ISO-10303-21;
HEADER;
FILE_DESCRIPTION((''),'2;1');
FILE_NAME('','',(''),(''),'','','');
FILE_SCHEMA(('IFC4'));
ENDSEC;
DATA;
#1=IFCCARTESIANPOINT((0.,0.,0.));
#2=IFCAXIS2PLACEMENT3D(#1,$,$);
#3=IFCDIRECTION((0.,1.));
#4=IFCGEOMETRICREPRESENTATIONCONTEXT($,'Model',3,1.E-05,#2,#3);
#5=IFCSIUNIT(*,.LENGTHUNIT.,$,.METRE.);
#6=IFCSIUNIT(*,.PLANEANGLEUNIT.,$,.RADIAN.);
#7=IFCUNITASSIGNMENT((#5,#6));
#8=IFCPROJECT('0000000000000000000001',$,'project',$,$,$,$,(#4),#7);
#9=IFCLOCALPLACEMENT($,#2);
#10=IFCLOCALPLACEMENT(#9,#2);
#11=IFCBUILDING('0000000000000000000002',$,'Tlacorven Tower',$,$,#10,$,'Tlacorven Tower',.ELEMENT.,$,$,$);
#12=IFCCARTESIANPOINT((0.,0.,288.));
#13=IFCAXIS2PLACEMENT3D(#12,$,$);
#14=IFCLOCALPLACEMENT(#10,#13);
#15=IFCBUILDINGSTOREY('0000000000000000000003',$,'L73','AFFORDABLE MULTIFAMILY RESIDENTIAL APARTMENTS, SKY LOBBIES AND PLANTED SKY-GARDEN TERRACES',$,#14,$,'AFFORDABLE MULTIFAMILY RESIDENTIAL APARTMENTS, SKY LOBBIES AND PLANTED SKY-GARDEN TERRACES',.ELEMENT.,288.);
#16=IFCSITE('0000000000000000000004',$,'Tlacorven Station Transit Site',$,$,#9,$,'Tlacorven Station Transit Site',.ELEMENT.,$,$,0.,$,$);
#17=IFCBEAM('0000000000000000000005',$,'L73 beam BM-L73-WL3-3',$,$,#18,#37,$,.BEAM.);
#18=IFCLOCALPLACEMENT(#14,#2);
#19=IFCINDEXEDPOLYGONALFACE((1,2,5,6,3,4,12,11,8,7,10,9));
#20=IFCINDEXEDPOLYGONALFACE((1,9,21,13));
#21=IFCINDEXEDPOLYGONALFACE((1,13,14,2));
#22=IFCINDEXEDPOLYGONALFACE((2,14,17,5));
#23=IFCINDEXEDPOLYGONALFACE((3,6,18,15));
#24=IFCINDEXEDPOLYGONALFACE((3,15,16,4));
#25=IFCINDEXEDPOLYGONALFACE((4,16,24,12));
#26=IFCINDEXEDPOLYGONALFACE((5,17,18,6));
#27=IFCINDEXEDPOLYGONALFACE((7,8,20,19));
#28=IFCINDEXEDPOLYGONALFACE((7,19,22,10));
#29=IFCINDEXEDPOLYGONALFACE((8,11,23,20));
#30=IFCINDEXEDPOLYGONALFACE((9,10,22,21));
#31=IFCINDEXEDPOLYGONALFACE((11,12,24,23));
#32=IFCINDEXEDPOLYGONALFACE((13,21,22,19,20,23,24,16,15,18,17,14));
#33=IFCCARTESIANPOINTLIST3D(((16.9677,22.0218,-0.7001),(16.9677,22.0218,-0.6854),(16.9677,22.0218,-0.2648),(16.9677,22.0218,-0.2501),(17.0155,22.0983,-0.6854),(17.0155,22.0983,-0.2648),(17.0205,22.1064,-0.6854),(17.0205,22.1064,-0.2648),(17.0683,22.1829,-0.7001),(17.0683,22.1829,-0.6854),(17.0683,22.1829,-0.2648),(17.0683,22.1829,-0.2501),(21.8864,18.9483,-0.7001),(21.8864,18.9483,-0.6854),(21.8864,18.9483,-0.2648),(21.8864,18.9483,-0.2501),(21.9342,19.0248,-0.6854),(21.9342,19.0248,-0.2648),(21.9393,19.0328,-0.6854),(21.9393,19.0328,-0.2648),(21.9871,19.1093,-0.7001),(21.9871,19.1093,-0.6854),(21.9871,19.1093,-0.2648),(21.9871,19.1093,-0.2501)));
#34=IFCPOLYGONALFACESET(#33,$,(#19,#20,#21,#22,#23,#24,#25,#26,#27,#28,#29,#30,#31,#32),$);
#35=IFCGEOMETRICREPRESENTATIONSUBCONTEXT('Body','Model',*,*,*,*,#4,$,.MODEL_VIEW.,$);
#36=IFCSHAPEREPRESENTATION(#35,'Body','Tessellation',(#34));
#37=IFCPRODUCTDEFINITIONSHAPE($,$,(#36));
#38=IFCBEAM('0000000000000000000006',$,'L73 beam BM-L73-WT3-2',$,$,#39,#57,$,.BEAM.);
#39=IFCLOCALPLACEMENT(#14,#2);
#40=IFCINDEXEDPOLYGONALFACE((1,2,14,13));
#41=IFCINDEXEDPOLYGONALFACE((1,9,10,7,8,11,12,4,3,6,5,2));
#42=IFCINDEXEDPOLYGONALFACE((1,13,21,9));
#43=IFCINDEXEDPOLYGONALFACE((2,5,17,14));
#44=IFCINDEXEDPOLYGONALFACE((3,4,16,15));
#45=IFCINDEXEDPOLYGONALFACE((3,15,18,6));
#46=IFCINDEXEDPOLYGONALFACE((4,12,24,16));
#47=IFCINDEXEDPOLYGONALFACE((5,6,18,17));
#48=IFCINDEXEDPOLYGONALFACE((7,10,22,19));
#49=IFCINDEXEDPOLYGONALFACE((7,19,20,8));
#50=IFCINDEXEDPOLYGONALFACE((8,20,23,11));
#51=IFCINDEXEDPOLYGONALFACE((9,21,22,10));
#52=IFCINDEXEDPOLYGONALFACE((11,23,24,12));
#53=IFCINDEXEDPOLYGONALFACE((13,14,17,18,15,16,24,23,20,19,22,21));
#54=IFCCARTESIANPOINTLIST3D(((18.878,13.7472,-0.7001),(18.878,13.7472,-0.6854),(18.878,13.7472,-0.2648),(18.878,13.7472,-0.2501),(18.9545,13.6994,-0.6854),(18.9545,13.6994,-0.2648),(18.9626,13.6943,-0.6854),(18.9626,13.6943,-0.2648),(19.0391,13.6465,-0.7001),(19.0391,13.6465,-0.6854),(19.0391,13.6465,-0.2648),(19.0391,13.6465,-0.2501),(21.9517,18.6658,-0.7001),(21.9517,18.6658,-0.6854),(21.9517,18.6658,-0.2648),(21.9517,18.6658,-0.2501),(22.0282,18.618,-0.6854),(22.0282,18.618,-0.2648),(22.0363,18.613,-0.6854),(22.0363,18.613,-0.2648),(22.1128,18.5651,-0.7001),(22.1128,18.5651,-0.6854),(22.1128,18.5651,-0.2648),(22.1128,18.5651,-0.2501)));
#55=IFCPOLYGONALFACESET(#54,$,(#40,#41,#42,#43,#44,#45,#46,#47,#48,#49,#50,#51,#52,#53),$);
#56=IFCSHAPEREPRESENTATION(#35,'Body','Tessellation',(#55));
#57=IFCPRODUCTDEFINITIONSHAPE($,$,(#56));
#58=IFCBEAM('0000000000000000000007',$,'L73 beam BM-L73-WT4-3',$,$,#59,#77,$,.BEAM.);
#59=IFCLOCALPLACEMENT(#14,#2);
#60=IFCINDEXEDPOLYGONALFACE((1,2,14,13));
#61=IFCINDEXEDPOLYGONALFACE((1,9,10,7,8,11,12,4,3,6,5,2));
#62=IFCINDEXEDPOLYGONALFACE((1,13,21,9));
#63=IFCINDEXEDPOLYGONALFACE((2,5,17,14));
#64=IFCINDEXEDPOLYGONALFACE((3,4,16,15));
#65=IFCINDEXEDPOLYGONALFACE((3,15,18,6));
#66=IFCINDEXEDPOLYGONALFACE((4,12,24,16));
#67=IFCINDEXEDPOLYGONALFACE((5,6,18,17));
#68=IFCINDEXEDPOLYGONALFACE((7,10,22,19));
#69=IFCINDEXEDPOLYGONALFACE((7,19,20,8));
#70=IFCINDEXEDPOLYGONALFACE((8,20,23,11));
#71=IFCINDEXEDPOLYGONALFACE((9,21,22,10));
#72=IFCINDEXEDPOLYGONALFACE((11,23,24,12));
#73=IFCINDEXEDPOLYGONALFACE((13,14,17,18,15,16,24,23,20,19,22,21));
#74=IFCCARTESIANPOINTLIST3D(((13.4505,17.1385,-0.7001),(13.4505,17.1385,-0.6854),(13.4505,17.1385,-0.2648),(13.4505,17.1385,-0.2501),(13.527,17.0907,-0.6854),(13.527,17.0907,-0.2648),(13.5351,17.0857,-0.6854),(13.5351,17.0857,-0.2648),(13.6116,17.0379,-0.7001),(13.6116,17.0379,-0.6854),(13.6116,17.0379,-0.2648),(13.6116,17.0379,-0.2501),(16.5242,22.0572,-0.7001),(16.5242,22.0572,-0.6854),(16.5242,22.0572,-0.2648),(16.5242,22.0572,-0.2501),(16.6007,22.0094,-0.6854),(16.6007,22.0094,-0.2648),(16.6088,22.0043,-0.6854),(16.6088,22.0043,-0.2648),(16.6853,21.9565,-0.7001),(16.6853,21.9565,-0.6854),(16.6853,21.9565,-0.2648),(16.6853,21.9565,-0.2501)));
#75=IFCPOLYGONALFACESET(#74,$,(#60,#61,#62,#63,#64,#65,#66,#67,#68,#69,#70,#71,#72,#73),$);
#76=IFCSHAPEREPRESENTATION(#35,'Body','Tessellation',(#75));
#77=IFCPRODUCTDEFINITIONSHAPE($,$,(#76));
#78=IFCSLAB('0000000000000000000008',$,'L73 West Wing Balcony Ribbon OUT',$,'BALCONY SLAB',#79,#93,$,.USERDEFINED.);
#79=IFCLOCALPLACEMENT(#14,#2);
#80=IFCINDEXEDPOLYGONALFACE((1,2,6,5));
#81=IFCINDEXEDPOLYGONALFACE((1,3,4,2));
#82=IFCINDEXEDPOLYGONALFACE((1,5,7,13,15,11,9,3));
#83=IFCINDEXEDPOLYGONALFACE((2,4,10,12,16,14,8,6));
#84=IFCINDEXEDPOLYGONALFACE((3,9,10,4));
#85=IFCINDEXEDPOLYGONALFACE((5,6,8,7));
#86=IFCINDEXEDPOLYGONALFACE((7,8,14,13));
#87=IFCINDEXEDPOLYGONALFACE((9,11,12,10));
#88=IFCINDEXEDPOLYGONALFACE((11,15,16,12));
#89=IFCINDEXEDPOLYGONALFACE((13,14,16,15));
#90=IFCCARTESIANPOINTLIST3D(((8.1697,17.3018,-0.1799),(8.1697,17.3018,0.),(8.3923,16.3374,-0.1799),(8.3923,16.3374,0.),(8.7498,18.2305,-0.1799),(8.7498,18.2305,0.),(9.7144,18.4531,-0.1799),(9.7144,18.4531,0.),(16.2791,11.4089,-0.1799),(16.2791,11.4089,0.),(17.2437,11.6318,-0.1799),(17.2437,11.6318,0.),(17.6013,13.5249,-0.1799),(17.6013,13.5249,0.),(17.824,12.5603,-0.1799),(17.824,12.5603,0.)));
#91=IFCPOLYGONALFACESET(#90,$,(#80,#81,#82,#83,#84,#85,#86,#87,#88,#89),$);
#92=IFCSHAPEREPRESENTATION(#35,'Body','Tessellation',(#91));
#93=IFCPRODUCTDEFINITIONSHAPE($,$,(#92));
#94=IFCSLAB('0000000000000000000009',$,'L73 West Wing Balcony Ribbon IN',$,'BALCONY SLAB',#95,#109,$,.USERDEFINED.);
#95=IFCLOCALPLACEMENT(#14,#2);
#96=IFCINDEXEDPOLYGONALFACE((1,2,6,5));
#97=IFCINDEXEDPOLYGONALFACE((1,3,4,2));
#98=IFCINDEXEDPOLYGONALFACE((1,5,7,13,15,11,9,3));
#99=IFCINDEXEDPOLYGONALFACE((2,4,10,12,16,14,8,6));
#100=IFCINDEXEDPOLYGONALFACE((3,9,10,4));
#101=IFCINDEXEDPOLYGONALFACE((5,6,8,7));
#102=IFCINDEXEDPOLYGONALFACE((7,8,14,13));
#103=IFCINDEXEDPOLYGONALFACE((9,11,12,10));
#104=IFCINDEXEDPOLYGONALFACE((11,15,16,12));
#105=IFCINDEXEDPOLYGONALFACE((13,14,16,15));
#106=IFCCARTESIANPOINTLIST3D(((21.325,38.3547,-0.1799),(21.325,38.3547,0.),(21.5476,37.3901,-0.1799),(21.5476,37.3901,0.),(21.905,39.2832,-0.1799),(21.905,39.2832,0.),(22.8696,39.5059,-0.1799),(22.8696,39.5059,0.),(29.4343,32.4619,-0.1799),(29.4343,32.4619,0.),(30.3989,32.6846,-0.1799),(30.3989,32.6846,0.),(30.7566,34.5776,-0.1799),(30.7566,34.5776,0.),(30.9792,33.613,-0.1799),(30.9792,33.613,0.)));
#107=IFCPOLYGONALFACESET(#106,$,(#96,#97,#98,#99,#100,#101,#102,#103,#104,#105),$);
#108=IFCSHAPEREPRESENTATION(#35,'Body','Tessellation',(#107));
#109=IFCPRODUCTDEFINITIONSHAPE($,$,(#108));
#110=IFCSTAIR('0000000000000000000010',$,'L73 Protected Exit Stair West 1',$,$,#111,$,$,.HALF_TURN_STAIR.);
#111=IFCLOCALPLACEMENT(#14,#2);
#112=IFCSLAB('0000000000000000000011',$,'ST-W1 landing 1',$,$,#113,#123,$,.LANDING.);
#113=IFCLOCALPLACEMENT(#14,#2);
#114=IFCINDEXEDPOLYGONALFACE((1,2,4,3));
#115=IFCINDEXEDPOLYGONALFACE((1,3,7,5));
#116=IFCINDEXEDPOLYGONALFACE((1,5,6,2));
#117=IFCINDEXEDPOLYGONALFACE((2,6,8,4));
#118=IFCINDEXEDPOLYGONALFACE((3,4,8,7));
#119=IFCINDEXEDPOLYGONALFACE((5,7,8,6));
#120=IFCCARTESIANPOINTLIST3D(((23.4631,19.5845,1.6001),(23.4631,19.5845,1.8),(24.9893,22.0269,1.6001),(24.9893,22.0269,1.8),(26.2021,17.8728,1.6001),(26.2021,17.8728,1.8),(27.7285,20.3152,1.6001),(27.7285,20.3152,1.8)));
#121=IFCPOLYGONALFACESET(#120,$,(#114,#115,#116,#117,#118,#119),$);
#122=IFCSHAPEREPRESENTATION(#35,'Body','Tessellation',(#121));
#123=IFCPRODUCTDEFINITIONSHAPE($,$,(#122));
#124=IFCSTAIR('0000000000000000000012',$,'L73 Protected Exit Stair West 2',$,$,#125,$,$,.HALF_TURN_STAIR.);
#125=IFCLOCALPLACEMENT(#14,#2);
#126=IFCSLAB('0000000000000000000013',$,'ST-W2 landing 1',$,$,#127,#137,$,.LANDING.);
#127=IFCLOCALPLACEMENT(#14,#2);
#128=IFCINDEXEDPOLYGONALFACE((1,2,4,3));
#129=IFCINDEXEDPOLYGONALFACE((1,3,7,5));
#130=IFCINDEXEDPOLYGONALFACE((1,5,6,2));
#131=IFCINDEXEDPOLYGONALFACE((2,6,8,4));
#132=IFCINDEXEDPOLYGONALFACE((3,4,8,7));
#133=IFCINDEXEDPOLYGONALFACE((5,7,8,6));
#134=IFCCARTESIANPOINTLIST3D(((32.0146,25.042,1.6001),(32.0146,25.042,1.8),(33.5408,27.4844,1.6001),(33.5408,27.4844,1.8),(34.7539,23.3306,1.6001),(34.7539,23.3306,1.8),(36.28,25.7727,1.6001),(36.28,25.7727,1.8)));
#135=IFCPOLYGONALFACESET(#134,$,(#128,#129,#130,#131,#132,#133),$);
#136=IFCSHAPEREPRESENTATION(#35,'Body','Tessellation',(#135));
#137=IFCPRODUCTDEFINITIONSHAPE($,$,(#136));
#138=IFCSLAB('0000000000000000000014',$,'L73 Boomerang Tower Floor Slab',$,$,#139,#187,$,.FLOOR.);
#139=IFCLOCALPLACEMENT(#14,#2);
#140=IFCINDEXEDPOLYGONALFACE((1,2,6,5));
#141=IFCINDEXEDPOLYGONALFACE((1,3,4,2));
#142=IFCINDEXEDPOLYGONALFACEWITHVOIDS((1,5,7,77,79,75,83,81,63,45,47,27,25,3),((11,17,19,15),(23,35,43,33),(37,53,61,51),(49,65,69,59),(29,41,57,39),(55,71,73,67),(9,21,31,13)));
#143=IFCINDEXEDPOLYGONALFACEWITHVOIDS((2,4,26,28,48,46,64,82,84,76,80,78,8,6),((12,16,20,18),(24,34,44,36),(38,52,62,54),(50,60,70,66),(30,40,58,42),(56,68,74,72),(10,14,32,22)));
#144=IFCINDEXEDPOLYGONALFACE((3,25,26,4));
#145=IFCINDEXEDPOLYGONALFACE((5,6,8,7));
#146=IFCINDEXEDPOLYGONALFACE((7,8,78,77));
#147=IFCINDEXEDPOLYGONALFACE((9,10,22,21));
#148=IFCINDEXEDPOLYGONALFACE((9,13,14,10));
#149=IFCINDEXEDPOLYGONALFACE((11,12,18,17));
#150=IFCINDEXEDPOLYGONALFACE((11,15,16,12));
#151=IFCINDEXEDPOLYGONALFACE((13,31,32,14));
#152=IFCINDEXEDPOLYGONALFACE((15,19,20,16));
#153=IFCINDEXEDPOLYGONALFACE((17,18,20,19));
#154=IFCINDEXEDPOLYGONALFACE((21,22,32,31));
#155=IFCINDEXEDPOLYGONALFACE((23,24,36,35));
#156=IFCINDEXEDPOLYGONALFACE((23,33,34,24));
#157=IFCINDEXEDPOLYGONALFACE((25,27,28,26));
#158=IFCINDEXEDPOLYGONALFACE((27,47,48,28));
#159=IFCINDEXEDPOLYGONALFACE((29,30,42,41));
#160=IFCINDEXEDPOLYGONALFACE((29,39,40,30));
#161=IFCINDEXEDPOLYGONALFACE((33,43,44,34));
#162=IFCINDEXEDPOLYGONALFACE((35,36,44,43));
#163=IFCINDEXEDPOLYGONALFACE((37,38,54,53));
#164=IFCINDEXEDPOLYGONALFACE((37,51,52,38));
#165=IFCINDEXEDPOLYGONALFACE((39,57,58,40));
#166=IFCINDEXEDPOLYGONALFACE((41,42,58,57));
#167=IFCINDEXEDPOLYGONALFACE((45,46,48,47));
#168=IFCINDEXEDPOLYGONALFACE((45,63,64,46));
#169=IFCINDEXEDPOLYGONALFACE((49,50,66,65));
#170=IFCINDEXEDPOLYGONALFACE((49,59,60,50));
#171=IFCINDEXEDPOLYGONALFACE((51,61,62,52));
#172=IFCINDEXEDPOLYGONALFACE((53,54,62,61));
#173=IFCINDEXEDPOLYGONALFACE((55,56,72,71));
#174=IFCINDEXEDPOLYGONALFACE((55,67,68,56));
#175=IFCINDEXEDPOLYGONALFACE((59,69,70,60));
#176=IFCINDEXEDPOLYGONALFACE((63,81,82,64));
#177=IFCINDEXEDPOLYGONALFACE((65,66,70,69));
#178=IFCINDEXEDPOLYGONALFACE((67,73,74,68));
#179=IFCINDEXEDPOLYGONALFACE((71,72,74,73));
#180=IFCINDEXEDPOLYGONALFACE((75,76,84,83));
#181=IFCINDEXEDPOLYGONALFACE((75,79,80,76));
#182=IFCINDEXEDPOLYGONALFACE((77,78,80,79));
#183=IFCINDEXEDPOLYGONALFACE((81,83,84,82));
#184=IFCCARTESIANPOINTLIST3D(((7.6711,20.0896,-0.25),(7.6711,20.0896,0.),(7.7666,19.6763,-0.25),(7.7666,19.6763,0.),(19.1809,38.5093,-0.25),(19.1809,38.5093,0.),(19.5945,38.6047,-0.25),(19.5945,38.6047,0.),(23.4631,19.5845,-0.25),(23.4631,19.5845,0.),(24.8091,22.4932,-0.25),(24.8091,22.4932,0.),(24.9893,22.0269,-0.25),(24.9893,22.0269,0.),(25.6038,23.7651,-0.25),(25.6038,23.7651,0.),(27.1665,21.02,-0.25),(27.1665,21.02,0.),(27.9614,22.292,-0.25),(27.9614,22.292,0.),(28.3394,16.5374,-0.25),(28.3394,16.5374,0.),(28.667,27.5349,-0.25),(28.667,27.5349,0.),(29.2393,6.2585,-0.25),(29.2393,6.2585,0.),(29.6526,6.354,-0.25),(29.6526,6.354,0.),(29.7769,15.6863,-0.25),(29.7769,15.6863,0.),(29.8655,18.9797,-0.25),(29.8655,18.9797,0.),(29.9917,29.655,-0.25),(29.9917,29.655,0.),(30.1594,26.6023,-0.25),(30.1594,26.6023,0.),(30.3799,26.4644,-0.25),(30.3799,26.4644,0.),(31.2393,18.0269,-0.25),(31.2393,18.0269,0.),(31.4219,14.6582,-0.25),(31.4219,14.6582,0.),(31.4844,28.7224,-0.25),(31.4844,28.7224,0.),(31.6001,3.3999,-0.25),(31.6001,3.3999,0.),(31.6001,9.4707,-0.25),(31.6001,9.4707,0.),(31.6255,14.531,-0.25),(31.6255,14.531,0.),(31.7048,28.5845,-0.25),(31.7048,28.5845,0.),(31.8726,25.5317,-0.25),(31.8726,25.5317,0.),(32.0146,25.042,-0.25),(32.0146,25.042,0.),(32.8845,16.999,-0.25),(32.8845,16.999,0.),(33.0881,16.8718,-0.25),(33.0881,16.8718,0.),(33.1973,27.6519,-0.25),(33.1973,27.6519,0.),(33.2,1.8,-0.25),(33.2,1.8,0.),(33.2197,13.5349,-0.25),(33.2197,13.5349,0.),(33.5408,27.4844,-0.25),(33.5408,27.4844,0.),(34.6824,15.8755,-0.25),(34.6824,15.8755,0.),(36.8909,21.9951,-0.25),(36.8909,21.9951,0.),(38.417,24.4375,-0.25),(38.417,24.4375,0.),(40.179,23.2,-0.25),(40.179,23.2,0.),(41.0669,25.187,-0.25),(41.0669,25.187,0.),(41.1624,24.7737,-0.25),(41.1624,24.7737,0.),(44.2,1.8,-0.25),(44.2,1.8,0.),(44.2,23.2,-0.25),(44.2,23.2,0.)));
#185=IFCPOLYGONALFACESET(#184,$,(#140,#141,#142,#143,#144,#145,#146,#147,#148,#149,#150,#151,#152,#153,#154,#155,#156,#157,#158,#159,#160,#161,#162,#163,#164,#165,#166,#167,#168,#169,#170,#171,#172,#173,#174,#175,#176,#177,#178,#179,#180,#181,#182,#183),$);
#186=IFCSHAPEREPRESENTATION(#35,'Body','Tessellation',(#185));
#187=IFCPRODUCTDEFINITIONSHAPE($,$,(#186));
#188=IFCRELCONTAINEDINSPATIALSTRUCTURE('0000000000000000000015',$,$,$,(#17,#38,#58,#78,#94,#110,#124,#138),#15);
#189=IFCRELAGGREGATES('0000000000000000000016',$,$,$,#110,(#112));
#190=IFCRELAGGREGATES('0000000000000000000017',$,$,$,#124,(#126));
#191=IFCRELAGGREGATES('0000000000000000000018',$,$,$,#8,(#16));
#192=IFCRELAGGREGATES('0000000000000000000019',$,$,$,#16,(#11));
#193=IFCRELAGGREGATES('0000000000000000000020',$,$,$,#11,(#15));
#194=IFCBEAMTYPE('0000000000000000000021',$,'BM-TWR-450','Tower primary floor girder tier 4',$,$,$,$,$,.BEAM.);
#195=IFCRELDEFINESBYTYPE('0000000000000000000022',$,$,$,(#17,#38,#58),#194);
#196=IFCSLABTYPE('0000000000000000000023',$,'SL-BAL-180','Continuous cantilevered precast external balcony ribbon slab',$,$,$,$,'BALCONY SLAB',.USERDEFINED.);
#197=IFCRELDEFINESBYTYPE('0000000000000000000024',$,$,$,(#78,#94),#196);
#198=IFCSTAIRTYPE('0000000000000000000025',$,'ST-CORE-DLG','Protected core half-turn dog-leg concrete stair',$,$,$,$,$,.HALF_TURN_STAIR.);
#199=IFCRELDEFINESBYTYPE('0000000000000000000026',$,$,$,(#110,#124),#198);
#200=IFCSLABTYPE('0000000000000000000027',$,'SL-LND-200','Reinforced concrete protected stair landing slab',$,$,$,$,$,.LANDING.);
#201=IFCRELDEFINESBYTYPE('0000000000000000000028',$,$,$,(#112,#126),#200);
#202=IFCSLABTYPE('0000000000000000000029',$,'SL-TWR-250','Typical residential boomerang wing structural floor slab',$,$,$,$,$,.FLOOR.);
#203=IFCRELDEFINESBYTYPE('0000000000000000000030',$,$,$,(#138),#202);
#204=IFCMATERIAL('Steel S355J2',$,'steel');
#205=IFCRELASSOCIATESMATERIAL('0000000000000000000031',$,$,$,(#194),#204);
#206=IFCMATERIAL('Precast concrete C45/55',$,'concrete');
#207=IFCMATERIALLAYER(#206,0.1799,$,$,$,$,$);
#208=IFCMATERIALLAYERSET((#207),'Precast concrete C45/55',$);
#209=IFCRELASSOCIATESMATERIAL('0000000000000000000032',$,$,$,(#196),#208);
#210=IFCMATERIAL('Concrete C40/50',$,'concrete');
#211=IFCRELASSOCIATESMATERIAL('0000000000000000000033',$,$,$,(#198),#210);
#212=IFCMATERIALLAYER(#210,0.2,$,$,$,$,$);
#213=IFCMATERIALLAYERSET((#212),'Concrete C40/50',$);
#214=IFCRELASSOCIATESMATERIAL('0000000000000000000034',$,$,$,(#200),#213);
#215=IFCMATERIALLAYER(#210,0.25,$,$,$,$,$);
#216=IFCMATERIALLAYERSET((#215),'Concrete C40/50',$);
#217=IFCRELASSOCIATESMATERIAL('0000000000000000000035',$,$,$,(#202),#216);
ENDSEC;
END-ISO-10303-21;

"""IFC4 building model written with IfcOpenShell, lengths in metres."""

from ifc_helpers import new_model, si_unit, direction, frame, origin, origin_2d, place, context, subcontext, project, spatial, polyline, i_section, outline, extrude, source, transform, mapped, material, layer, layer_set, material_profile, profile_set, type_object, element, aggregate, save


model = new_model("IFC4")

# Units and contexts
model_context = context("Model", 3, precision=1e-05, world=origin(), true_north=direction((0.0, 1.0)))
body_context = subcontext(model_context, "Body", "Model", "MODEL_VIEW")
ifc_project = project(units=[si_unit("LENGTHUNIT", "METRE"), si_unit("PLANEANGLEUNIT", "RADIAN")], contexts=[model_context])

# Site, building, storey
site_placement = place(None, origin())
site = spatial("IfcSite", under=ifc_project, at=site_placement, Name="Tlacorven Station Transit Site", LongName="Tlacorven Station Transit Site", CompositionType="ELEMENT", RefElevation=0.0)
building_placement = place(site_placement, origin())
building = spatial("IfcBuilding", under=site, at=building_placement, Name="Tlacorven Tower", LongName="Tlacorven Tower", CompositionType="ELEMENT")
storey_placement = place(building_placement, frame((0.0, 0.0, 288.0)))
storey = spatial("IfcBuildingStorey", under=building, at=storey_placement, Name="L73", Description="AFFORDABLE MULTIFAMILY RESIDENTIAL APARTMENTS, SKY LOBBIES AND PLANTED SKY-GARDEN TERRACES", LongName="AFFORDABLE MULTIFAMILY RESIDENTIAL APARTMENTS, SKY LOBBIES AND PLANTED SKY-GARDEN TERRACES", CompositionType="ELEMENT", Elevation=288.0)

# Shared definitions
ifc_material_1 = material(Name="Steel S355J2", Category="steel")

# Beams
ifc_material_profile_1 = material_profile(ifc_material_1, i_section(OverallWidth=0.1899, OverallDepth=0.45, WebThickness=0.0095, FlangeThickness=0.0146, at=origin_2d()), Name="IPE 450")
ifc_profile_set_1 = profile_set([ifc_material_profile_1], Name="Steel S355J2")
beam_type_1 = type_object("IfcBeamType", Name="BM-TWR-450", Description="Tower primary floor girder tier 4", PredefinedType="BEAM", material=ifc_profile_set_1)
shared_shape_1 = source(origin(), body_context, "Body", "SweptSolid", [
    extrude(i_section(OverallWidth=0.1899, OverallDepth=0.45, WebThickness=0.0095, FlangeThickness=0.0146, at=origin_2d()), origin(), (0.0, 0.0, 1.0), 5.8),
])
for number, where, z_axis, x_axis, name in (
    (1, (21.9368, 19.0288, -0.4751), (-0.848053, 0.529912, 0.0), (-0.529912, -0.848053, 0.0), "L73 beam BM-L73-WL3-3"),
    (2, (22.0322, 18.6155, -0.4751), (-0.529942, -0.848034, 0.0), (0.848034, -0.529942, 0.0), "L73 beam BM-L73-WT3-2"),
    (3, (16.6047, 22.0068, -0.4751), (-0.529942, -0.848034, 0.0), (0.848034, -0.529942, 0.0), "L73 beam BM-L73-WT4-3"),
):
    element("IfcBeam", number, at=place(storey_placement, frame(where, z_axis=z_axis, x_axis=x_axis)), inside=storey, type_object=beam_type_1, Name=name, PredefinedType="BEAM", context=body_context, shape_type="MappedRepresentation", body=[
        mapped(shared_shape_1, transform((0.0, 0.0, 0.0), scale=1.0)),
    ])

# Slabs
ifc_material_2 = material(Name="Precast concrete C45/55", Category="concrete")
ifc_layer_1 = layer(ifc_material_2, 0.1799)
ifc_layer_set_1 = layer_set([ifc_layer_1], Name="Precast concrete C45/55")
slab_type_1 = type_object("IfcSlabType", Name="SL-BAL-180", Description="Continuous cantilevered precast external balcony ribbon slab", ElementType="BALCONY SLAB", PredefinedType="USERDEFINED", material=ifc_layer_set_1)
slab_1_placement = place(storey_placement, frame((0.0, 0.0, -0.1799)))
element("IfcSlab", 4, at=slab_1_placement, inside=storey, type_object=slab_type_1, Name="L73 West Wing Balcony Ribbon OUT", ObjectType="BALCONY SLAB", PredefinedType="USERDEFINED", context=body_context, shape_type="SweptSolid", body=[
    extrude(outline(polyline([(17.6013, 13.5249), (9.7144, 18.4531), (8.7498, 18.2305), (8.1697, 17.3018), (8.3923, 16.3374), (16.2791, 11.4089), (17.2437, 11.6318), (17.824, 12.5603), (17.6013, 13.5249)])), origin(), (0.0, 0.0, 1.0), 0.1799),
])
slab_2_placement = place(storey_placement, frame((0.0, 0.0, -0.1799)))
element("IfcSlab", 5, at=slab_2_placement, inside=storey, type_object=slab_type_1, Name="L73 West Wing Balcony Ribbon IN", ObjectType="BALCONY SLAB", PredefinedType="USERDEFINED", context=body_context, shape_type="SweptSolid", body=[
    extrude(outline(polyline([(30.7566, 34.5776), (22.8696, 39.5059), (21.905, 39.2832), (21.325, 38.3547), (21.5476, 37.3901), (29.4343, 32.4619), (30.3989, 32.6846), (30.9792, 33.613), (30.7566, 34.5776)])), origin(), (0.0, 0.0, 1.0), 0.1799),
])

# Stairs, slabs
ifc_material_3 = material(Name="Concrete C40/50", Category="concrete")
stair_type = type_object("IfcStairType", Name="ST-CORE-DLG", Description="Protected core half-turn dog-leg concrete stair", PredefinedType="HALF_TURN_STAIR", material=ifc_material_3)
stair_1_placement = place(storey_placement, origin())
stair_1 = element("IfcStair", 6, at=stair_1_placement, inside=storey, type_object=stair_type, Name="L73 Protected Exit Stair West 1", PredefinedType="HALF_TURN_STAIR")
ifc_layer_2 = layer(ifc_material_3, 0.2)
ifc_layer_set_2 = layer_set([ifc_layer_2], Name="Concrete C40/50")
slab_type_2 = type_object("IfcSlabType", Name="SL-LND-200", Description="Reinforced concrete protected stair landing slab", PredefinedType="LANDING", material=ifc_layer_set_2)
slab_3_placement = place(storey_placement, frame((0.0, 0.0, 1.6001)))
slab_3 = element("IfcSlab", 7, at=slab_3_placement, type_object=slab_type_2, Name="ST-W1 landing 1", PredefinedType="LANDING", context=body_context, shape_type="SweptSolid", body=[
    extrude(outline(polyline([(27.7285, 20.3152), (24.9893, 22.0269), (23.4631, 19.5845), (26.2021, 17.8728), (27.7285, 20.3152)])), origin(), (0.0, 0.0, 1.0), 0.2),
])
aggregate(stair_1, [slab_3])
stair_2_placement = place(storey_placement, origin())
stair_2 = element("IfcStair", 8, at=stair_2_placement, inside=storey, type_object=stair_type, Name="L73 Protected Exit Stair West 2", PredefinedType="HALF_TURN_STAIR")
slab_4_placement = place(storey_placement, frame((0.0, 0.0, 1.6001)))
slab_4 = element("IfcSlab", 9, at=slab_4_placement, type_object=slab_type_2, Name="ST-W2 landing 1", PredefinedType="LANDING", context=body_context, shape_type="SweptSolid", body=[
    extrude(outline(polyline([(36.28, 25.7727), (33.5408, 27.4844), (32.0146, 25.042), (34.7539, 23.3306), (36.28, 25.7727)])), origin(), (0.0, 0.0, 1.0), 0.2),
])
aggregate(stair_2, [slab_4])

# Slab
ifc_layer_3 = layer(ifc_material_3, 0.25)
ifc_layer_set_3 = layer_set([ifc_layer_3], Name="Concrete C40/50")
slab_type_3 = type_object("IfcSlabType", Name="SL-TWR-250", Description="Typical residential boomerang wing structural floor slab", PredefinedType="FLOOR", material=ifc_layer_set_3)
slab_5_placement = place(storey_placement, frame((0.0, 0.0, -0.25)))
element("IfcSlab", 10, at=slab_5_placement, inside=storey, type_object=slab_type_3, Name="L73 Boomerang Tower Floor Slab", PredefinedType="FLOOR", context=body_context, shape_type="SweptSolid", body=[
    extrude(outline(polyline([(44.2, 23.2), (44.2, 1.8), (33.2, 1.8), (31.6001, 3.3999), (31.6001, 9.4707), (29.6526, 6.354), (29.2393, 6.2585), (7.7666, 19.6763), (7.6711, 20.0896), (19.1809, 38.5093), (19.5945, 38.6047), (41.0669, 25.187), (41.1624, 24.7737), (40.179, 23.2), (44.2, 23.2)]), holes=[polyline([(29.8655, 18.9797), (24.9893, 22.0269), (23.4631, 19.5845), (28.3394, 16.5374), (29.8655, 18.9797)]), polyline([(38.417, 24.4375), (33.5408, 27.4844), (32.0146, 25.042), (36.8909, 21.9951), (38.417, 24.4375)]), polyline([(34.6824, 15.8755), (33.0881, 16.8718), (31.6255, 14.531), (33.2197, 13.5349), (34.6824, 15.8755)]), polyline([(32.8845, 16.999), (31.2393, 18.0269), (29.7769, 15.6863), (31.4219, 14.6582), (32.8845, 16.999)]), polyline([(33.1973, 27.6519), (31.7048, 28.5845), (30.3799, 26.4644), (31.8726, 25.5317), (33.1973, 27.6519)]), polyline([(31.4844, 28.7224), (29.9917, 29.655), (28.667, 27.5349), (30.1594, 26.6023), (31.4844, 28.7224)]), polyline([(27.9614, 22.292), (25.6038, 23.7651), (24.8091, 22.4932), (27.1665, 21.02), (27.9614, 22.292)])]), origin(), (0.0, 0.0, 1.0), 0.25),
])

save(model, "model.ifc")
